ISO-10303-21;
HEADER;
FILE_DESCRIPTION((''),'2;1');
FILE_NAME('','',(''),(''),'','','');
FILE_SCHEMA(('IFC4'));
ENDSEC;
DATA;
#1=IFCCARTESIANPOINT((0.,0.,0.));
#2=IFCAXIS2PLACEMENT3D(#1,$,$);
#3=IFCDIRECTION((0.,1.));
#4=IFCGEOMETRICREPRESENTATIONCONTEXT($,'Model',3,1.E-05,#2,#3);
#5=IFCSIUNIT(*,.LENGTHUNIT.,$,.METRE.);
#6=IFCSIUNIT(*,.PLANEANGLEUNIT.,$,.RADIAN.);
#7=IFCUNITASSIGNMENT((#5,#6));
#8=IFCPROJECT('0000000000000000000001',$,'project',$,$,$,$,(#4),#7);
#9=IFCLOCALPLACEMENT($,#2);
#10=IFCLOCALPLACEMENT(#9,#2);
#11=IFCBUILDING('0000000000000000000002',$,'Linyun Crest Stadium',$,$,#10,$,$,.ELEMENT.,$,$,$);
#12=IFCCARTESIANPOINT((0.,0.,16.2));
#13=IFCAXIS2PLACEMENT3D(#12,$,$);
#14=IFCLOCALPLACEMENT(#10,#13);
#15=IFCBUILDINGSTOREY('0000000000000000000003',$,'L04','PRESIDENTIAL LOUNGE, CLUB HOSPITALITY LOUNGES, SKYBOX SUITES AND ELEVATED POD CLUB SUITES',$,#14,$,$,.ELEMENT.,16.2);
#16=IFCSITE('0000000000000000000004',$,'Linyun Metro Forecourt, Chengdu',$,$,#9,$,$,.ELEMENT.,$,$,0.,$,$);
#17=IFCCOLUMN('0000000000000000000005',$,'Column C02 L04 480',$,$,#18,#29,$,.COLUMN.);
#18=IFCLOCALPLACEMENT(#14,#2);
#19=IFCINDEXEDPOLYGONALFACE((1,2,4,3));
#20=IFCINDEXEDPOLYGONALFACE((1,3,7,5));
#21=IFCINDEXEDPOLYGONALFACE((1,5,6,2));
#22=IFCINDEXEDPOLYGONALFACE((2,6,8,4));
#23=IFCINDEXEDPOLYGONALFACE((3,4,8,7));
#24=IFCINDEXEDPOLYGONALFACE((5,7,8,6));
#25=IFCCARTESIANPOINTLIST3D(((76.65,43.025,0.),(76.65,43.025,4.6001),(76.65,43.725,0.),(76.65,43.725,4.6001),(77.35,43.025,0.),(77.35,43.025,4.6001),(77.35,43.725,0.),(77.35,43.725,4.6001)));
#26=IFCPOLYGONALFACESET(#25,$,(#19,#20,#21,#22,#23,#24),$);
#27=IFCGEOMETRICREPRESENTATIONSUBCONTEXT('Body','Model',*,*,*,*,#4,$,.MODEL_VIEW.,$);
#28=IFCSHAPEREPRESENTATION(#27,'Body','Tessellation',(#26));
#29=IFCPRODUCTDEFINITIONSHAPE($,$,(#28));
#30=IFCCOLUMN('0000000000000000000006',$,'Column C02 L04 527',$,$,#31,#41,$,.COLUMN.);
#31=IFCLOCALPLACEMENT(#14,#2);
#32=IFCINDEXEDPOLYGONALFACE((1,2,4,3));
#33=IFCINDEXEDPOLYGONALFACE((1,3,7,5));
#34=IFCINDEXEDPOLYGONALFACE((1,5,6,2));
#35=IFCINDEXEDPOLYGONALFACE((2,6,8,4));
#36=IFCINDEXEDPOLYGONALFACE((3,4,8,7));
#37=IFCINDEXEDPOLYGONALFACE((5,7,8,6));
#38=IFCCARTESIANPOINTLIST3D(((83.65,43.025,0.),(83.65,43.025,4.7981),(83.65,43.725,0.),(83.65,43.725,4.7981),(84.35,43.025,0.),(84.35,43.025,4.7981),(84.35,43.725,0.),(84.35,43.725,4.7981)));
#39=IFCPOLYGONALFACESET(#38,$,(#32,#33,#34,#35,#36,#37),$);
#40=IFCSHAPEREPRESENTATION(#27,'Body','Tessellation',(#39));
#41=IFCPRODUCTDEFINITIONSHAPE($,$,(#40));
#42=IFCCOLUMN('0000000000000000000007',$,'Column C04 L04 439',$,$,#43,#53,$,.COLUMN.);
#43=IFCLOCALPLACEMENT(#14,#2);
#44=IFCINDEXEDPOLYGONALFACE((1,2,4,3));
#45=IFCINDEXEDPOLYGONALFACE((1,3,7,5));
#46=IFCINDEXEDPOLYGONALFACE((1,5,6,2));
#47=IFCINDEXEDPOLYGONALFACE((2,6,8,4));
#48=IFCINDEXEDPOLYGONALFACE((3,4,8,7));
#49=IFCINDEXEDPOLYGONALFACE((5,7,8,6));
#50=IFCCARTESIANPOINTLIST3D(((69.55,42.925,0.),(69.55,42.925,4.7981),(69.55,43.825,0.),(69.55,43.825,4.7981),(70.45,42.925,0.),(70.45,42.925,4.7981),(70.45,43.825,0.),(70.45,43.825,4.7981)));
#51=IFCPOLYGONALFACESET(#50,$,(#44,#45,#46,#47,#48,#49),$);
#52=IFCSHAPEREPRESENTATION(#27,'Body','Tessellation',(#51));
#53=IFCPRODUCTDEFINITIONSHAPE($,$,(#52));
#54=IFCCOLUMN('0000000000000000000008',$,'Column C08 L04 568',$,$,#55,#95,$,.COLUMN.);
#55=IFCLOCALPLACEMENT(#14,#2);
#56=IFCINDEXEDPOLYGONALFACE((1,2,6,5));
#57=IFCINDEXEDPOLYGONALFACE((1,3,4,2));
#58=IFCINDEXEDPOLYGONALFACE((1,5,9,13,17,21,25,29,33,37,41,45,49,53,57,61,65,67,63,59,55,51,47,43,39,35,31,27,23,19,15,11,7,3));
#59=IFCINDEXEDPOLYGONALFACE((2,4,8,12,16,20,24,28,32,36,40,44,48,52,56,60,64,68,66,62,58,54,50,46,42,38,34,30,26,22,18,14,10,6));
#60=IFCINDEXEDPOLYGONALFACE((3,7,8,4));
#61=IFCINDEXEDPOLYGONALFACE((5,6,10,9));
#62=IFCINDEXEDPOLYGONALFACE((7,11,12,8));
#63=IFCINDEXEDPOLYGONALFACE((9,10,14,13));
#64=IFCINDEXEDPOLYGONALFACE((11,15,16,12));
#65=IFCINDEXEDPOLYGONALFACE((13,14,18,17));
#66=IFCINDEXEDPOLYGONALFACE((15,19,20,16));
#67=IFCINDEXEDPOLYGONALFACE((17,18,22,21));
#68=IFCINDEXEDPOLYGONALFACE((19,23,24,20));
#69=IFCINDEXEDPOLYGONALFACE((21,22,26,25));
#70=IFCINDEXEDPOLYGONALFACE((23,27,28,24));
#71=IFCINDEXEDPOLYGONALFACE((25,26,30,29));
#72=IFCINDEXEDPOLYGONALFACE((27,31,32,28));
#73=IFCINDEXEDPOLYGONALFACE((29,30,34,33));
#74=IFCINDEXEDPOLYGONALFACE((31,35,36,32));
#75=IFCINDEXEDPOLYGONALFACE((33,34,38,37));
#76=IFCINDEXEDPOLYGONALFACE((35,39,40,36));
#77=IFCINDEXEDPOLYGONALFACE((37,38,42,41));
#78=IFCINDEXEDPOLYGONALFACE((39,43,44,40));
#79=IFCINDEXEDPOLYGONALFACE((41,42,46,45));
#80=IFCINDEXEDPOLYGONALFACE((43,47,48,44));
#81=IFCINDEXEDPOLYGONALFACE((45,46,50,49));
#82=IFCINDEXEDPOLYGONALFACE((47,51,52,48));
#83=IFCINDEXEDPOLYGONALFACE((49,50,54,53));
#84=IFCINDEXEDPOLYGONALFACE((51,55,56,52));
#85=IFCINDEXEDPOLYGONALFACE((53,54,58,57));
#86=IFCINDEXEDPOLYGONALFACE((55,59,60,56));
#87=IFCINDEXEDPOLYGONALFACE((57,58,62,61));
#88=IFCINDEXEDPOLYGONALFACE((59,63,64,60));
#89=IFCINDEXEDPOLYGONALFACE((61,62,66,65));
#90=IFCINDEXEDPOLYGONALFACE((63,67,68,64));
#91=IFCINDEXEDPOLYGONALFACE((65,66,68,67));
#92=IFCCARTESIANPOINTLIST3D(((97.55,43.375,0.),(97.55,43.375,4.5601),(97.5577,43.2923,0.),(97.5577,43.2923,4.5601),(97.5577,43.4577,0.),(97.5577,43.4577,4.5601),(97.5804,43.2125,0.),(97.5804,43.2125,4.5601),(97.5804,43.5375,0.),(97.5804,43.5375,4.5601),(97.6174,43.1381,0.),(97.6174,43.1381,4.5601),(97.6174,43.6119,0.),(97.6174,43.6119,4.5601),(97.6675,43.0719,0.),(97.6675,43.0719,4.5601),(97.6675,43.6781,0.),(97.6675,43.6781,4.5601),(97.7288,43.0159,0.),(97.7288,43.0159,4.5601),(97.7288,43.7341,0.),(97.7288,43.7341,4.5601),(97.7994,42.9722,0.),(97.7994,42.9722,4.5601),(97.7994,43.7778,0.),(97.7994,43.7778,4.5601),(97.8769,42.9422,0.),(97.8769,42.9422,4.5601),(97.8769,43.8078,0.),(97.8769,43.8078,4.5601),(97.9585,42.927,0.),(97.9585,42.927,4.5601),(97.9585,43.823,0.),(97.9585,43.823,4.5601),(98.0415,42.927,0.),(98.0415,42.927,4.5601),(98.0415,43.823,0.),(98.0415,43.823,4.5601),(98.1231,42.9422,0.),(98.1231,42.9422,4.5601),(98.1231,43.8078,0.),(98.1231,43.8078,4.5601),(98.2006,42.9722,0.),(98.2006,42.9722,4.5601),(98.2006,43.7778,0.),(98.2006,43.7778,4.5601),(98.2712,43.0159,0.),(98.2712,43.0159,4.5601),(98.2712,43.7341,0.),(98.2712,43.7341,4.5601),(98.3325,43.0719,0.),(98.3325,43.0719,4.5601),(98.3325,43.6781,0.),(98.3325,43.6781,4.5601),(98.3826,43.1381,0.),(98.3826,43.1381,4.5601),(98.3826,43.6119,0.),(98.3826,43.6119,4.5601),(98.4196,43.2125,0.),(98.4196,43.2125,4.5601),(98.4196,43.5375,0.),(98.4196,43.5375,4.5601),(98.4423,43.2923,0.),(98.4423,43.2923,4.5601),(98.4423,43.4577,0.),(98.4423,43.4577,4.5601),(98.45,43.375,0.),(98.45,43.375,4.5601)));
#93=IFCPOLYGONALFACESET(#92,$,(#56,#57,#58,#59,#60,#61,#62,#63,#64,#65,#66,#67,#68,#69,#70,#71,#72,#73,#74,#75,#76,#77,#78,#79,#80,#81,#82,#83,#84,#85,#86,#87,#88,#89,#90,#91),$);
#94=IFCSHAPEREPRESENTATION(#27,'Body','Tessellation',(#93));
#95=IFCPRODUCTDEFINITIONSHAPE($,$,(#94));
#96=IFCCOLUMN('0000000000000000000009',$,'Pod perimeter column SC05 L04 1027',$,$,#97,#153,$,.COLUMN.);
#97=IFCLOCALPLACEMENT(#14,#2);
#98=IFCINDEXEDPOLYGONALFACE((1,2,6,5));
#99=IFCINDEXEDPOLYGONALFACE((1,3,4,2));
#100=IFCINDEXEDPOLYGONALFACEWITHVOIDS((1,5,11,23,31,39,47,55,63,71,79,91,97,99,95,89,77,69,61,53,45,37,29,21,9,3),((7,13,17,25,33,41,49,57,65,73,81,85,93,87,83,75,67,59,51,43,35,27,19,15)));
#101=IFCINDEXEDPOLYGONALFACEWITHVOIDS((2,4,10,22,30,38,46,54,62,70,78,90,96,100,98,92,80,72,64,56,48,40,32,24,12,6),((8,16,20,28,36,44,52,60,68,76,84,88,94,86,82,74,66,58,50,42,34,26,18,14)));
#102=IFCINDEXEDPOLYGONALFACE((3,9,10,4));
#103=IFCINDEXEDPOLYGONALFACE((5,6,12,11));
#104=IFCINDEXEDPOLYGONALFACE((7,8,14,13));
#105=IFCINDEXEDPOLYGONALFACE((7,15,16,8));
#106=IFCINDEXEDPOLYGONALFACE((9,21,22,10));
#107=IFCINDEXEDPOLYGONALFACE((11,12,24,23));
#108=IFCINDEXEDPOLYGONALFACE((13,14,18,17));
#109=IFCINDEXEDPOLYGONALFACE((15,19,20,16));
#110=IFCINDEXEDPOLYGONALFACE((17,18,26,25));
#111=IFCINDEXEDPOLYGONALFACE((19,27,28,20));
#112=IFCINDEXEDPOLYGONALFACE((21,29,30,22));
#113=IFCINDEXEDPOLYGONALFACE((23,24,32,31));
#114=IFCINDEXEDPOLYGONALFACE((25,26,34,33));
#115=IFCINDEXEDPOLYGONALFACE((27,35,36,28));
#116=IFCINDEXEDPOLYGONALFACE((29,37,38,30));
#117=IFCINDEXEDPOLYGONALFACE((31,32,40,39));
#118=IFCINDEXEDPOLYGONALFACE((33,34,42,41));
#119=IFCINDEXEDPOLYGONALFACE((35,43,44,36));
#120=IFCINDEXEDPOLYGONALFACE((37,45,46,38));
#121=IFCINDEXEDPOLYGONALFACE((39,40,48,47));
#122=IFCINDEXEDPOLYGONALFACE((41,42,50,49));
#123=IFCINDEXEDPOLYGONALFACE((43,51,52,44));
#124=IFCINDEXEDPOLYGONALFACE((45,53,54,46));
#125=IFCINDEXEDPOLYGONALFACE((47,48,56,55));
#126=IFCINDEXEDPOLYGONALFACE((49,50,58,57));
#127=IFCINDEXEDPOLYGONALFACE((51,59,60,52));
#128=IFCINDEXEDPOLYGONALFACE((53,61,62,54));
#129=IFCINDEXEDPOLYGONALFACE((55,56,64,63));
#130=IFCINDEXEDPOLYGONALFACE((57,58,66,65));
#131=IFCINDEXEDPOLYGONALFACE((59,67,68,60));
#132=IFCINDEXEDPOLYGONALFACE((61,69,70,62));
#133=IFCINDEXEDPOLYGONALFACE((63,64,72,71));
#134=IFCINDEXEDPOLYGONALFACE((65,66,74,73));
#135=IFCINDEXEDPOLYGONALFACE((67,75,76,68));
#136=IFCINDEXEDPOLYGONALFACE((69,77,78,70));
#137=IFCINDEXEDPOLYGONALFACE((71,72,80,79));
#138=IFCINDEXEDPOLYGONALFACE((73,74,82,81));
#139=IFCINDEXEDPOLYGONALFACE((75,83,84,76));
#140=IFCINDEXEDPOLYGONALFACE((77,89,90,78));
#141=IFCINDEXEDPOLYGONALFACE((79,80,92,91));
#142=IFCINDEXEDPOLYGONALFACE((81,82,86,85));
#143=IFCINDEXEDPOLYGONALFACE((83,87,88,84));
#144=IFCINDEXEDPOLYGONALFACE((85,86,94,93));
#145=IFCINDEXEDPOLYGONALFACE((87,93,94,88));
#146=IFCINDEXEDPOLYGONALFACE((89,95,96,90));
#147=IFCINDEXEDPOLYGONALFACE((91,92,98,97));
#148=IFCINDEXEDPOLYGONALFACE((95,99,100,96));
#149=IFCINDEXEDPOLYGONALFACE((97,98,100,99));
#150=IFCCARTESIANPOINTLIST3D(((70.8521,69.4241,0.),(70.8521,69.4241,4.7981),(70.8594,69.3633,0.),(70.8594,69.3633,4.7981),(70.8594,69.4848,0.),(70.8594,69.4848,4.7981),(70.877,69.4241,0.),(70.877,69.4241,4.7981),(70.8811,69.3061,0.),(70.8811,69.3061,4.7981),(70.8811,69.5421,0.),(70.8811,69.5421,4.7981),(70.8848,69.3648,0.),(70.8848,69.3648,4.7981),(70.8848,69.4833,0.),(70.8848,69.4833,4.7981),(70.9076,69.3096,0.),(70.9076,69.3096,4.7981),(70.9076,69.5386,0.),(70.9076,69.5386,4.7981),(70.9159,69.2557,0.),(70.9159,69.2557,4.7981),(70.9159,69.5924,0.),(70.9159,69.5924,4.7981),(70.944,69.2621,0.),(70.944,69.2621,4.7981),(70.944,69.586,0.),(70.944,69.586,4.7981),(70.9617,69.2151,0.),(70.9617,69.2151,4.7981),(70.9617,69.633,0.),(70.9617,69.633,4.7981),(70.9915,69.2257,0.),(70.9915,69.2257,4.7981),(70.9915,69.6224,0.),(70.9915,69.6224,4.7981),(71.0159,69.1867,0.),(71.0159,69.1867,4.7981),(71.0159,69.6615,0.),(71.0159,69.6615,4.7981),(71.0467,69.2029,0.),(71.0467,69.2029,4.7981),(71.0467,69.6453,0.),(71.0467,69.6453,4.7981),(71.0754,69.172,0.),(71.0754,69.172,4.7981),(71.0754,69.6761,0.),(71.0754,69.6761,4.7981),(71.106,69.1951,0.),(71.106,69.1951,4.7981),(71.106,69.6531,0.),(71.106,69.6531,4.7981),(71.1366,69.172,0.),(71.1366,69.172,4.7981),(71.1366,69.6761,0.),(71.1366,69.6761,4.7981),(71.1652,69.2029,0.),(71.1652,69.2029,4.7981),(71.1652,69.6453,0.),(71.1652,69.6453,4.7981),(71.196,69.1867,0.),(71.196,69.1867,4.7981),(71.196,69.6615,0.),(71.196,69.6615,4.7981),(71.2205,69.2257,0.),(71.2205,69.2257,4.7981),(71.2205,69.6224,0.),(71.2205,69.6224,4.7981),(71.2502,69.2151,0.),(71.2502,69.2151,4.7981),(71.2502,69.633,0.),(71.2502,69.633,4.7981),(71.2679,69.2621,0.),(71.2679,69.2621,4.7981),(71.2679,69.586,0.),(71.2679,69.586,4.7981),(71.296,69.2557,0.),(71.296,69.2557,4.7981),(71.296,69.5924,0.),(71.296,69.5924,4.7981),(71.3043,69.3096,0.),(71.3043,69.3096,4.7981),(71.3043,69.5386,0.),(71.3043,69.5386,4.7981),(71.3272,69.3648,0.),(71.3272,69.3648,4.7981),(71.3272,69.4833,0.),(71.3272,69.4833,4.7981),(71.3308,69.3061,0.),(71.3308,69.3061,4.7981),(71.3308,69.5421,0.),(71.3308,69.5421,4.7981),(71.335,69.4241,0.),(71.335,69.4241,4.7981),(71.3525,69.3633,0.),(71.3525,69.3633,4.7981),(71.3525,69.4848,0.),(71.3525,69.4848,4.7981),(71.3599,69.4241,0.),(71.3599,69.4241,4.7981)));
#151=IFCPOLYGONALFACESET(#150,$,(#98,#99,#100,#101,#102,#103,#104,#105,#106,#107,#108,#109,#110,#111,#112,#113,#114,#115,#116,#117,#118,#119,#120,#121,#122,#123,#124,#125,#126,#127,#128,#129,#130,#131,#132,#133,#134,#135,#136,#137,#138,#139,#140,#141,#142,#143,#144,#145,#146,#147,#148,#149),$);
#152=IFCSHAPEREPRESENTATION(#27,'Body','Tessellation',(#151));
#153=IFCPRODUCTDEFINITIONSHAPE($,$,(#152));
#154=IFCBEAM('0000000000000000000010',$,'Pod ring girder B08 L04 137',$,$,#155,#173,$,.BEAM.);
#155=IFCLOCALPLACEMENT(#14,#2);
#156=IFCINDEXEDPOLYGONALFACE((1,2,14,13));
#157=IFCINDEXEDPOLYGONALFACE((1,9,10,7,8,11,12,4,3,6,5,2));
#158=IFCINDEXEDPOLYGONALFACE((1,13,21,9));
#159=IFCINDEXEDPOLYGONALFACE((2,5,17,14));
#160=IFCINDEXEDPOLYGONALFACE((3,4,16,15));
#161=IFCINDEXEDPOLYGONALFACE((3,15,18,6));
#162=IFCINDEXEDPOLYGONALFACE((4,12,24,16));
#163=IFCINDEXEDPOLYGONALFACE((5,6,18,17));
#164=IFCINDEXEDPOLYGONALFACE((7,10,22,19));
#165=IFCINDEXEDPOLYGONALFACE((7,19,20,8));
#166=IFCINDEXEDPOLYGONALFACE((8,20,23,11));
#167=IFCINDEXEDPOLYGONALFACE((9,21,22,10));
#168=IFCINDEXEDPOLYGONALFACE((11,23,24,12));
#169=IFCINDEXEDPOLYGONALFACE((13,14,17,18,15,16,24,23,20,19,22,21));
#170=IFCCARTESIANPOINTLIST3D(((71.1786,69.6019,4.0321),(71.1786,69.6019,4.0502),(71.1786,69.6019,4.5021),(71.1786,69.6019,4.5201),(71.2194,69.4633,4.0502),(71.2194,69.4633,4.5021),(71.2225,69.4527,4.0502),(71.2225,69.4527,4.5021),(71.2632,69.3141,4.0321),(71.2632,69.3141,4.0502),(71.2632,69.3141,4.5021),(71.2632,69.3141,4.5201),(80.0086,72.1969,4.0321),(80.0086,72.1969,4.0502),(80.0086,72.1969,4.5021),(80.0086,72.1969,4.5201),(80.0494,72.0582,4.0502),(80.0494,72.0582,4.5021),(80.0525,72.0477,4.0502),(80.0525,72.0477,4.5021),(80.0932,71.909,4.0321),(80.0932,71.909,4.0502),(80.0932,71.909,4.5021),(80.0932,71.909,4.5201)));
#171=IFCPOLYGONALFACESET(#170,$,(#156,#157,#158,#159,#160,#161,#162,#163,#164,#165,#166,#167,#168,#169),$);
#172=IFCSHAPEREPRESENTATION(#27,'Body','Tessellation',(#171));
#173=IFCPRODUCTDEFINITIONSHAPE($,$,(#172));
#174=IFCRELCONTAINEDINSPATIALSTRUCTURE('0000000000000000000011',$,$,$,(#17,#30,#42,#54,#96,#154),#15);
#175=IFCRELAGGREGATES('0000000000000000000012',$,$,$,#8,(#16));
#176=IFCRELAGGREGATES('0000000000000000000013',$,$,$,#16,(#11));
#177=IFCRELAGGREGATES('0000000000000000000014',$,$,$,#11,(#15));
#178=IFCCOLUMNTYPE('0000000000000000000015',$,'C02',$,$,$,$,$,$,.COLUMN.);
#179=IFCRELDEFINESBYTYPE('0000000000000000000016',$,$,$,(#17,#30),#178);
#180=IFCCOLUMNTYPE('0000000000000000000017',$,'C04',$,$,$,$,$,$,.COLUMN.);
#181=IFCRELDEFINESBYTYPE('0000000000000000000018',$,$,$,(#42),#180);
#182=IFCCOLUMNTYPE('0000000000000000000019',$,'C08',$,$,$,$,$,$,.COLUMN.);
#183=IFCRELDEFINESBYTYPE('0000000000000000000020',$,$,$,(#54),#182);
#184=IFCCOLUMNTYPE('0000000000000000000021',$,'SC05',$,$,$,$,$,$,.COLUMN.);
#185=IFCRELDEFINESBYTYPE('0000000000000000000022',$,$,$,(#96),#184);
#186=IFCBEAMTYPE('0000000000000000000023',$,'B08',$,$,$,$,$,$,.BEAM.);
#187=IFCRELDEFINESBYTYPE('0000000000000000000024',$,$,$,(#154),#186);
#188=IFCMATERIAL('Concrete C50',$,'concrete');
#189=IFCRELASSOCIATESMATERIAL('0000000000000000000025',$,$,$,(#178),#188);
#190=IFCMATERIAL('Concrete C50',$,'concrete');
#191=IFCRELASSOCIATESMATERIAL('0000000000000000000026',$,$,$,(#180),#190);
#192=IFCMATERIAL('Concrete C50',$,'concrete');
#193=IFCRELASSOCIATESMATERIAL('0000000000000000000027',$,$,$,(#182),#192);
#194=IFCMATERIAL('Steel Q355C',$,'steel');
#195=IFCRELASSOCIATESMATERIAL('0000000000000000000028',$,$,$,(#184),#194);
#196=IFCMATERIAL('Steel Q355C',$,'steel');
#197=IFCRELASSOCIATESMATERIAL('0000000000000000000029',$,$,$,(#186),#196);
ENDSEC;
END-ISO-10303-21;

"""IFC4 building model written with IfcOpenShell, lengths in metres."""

from ifc_helpers import new_model, si_unit, direction, frame, origin, origin_2d, place, context, subcontext, project, spatial, rectangle, circle, hollow_circle, i_section, extrude, material, material_profile, profile_set, type_object, element, save


model = new_model("IFC4")

# Units and contexts
model_context = context("Model", 3, precision=1e-05, world=origin(), true_north=direction((0.0, 1.0)))
body_context = subcontext(model_context, "Body", "Model", "MODEL_VIEW")
ifc_project = project(units=[si_unit("LENGTHUNIT", "METRE"), si_unit("PLANEANGLEUNIT", "RADIAN")], contexts=[model_context])

# Site, building, storey
site_placement = place(None, origin())
site = spatial("IfcSite", under=ifc_project, at=site_placement, Name="Linyun Metro Forecourt, Chengdu", CompositionType="ELEMENT", RefElevation=0.0)
building_placement = place(site_placement, origin())
building = spatial("IfcBuilding", under=site, at=building_placement, Name="Linyun Crest Stadium", CompositionType="ELEMENT")
storey_placement = place(building_placement, frame((0.0, 0.0, 16.2)))
storey = spatial("IfcBuildingStorey", under=building, at=storey_placement, Name="L04", Description="PRESIDENTIAL LOUNGE, CLUB HOSPITALITY LOUNGES, SKYBOX SUITES AND ELEVATED POD CLUB SUITES", CompositionType="ELEMENT", Elevation=16.2)

# Columns
ifc_material_1 = material(Name="Concrete C50", Category="concrete")
ifc_material_profile_1 = material_profile(ifc_material_1, rectangle(XDim=0.7, YDim=0.7, at=origin_2d()), Name="RC 700x700")
ifc_profile_set_1 = profile_set([ifc_material_profile_1], Name="Concrete C50")
column_type_1 = type_object("IfcColumnType", Name="C02", PredefinedType="COLUMN", material=ifc_profile_set_1)
column_1_placement = place(storey_placement, frame((77.0, 43.375, 0.0), z_axis=(0.0, 0.0, 1.0), x_axis=(1.0, 0.0, 0.0)))
element("IfcColumn", 1, at=column_1_placement, inside=storey, type_object=column_type_1, Name="Column C02 L04 480", PredefinedType="COLUMN", context=body_context, shape_type="SweptSolid", body=[
    extrude(rectangle(XDim=0.7, YDim=0.7, at=origin_2d()), origin(), (0.0, 0.0, 1.0), 4.6001),
])
column_2_placement = place(storey_placement, frame((84.0, 43.375, 0.0), z_axis=(0.0, 0.0, 1.0), x_axis=(1.0, 0.0, 0.0)))
element("IfcColumn", 2, at=column_2_placement, inside=storey, type_object=column_type_1, Name="Column C02 L04 527", PredefinedType="COLUMN", context=body_context, shape_type="SweptSolid", body=[
    extrude(rectangle(XDim=0.7, YDim=0.7, at=origin_2d()), origin(), (0.0, 0.0, 1.0), 4.7981),
])
ifc_material_2 = material(Name="Concrete C50", Category="concrete")
ifc_material_profile_2 = material_profile(ifc_material_2, rectangle(XDim=0.8999, YDim=0.8999, at=origin_2d()), Name="RC 900x900")
ifc_profile_set_2 = profile_set([ifc_material_profile_2], Name="Concrete C50")
column_type_2 = type_object("IfcColumnType", Name="C04", PredefinedType="COLUMN", material=ifc_profile_set_2)
column_3_placement = place(storey_placement, frame((70.0, 43.375, 0.0), z_axis=(0.0, 0.0, 1.0), x_axis=(1.0, 0.0, 0.0)))
element("IfcColumn", 3, at=column_3_placement, inside=storey, type_object=column_type_2, Name="Column C04 L04 439", PredefinedType="COLUMN", context=body_context, shape_type="SweptSolid", body=[
    extrude(rectangle(XDim=0.8999, YDim=0.8999, at=origin_2d()), origin(), (0.0, 0.0, 1.0), 4.7981),
])
ifc_material_3 = material(Name="Concrete C50", Category="concrete")
ifc_material_profile_3 = material_profile(ifc_material_3, circle(Radius=0.45, at=origin_2d()), Name="RC D900")
ifc_profile_set_3 = profile_set([ifc_material_profile_3], Name="Concrete C50")
column_type_3 = type_object("IfcColumnType", Name="C08", PredefinedType="COLUMN", material=ifc_profile_set_3)
column_4_placement = place(storey_placement, frame((98.0, 43.375, 0.0), z_axis=(0.0, 0.0, 1.0), x_axis=(1.0, 0.0, 0.0)))
element("IfcColumn", 4, at=column_4_placement, inside=storey, type_object=column_type_3, Name="Column C08 L04 568", PredefinedType="COLUMN", context=body_context, shape_type="SweptSolid", body=[
    extrude(circle(Radius=0.45, at=origin_2d()), origin(), (0.0, 0.0, 1.0), 4.5601),
])
ifc_material_4 = material(Name="Steel Q355C", Category="steel")
ifc_material_profile_4 = material_profile(ifc_material_4, hollow_circle(Radius=0.2539, WallThickness=0.0249, at=origin_2d()), Name="CHS 508x25")
ifc_profile_set_4 = profile_set([ifc_material_profile_4], Name="Steel Q355C")
column_type_4 = type_object("IfcColumnType", Name="SC05", PredefinedType="COLUMN", material=ifc_profile_set_4)
column_5_placement = place(storey_placement, frame((71.106, 69.4241, 0.0), z_axis=(0.0, 0.0, 1.0), x_axis=(1.0, 0.0, 0.0)))
element("IfcColumn", 5, at=column_5_placement, inside=storey, type_object=column_type_4, Name="Pod perimeter column SC05 L04 1027", PredefinedType="COLUMN", context=body_context, shape_type="SweptSolid", body=[
    extrude(hollow_circle(Radius=0.2539, WallThickness=0.0249, at=origin_2d()), origin(), (0.0, 0.0, 1.0), 4.7981),
])

# Beam
ifc_material_5 = material(Name="Steel Q355C", Category="steel")
ifc_material_profile_5 = material_profile(ifc_material_5, i_section(OverallWidth=0.3, OverallDepth=0.488, WebThickness=0.011, FlangeThickness=0.0181, at=origin_2d()), Name="HM 488x300")
ifc_profile_set_5 = profile_set([ifc_material_profile_5], Name="Steel Q355C")
beam_type_1 = type_object("IfcBeamType", Name="B08", PredefinedType="BEAM", material=ifc_profile_set_5)
beam_1_placement = place(storey_placement, frame((71.2209, 69.458, 4.2761), z_axis=(0.959428, 0.281955, 0.0), x_axis=(-0.281955, 0.959428, 0.0)))
element("IfcBeam", 6, at=beam_1_placement, inside=storey, type_object=beam_type_1, Name="Pod ring girder B08 L04 137", PredefinedType="BEAM", context=body_context, shape_type="SweptSolid", body=[
    extrude(i_section(OverallWidth=0.3, OverallDepth=0.488, WebThickness=0.011, FlangeThickness=0.0181, at=origin_2d()), origin(), (0.0, 0.0, 1.0), 9.2034),
])

save(model, "model.ifc")
